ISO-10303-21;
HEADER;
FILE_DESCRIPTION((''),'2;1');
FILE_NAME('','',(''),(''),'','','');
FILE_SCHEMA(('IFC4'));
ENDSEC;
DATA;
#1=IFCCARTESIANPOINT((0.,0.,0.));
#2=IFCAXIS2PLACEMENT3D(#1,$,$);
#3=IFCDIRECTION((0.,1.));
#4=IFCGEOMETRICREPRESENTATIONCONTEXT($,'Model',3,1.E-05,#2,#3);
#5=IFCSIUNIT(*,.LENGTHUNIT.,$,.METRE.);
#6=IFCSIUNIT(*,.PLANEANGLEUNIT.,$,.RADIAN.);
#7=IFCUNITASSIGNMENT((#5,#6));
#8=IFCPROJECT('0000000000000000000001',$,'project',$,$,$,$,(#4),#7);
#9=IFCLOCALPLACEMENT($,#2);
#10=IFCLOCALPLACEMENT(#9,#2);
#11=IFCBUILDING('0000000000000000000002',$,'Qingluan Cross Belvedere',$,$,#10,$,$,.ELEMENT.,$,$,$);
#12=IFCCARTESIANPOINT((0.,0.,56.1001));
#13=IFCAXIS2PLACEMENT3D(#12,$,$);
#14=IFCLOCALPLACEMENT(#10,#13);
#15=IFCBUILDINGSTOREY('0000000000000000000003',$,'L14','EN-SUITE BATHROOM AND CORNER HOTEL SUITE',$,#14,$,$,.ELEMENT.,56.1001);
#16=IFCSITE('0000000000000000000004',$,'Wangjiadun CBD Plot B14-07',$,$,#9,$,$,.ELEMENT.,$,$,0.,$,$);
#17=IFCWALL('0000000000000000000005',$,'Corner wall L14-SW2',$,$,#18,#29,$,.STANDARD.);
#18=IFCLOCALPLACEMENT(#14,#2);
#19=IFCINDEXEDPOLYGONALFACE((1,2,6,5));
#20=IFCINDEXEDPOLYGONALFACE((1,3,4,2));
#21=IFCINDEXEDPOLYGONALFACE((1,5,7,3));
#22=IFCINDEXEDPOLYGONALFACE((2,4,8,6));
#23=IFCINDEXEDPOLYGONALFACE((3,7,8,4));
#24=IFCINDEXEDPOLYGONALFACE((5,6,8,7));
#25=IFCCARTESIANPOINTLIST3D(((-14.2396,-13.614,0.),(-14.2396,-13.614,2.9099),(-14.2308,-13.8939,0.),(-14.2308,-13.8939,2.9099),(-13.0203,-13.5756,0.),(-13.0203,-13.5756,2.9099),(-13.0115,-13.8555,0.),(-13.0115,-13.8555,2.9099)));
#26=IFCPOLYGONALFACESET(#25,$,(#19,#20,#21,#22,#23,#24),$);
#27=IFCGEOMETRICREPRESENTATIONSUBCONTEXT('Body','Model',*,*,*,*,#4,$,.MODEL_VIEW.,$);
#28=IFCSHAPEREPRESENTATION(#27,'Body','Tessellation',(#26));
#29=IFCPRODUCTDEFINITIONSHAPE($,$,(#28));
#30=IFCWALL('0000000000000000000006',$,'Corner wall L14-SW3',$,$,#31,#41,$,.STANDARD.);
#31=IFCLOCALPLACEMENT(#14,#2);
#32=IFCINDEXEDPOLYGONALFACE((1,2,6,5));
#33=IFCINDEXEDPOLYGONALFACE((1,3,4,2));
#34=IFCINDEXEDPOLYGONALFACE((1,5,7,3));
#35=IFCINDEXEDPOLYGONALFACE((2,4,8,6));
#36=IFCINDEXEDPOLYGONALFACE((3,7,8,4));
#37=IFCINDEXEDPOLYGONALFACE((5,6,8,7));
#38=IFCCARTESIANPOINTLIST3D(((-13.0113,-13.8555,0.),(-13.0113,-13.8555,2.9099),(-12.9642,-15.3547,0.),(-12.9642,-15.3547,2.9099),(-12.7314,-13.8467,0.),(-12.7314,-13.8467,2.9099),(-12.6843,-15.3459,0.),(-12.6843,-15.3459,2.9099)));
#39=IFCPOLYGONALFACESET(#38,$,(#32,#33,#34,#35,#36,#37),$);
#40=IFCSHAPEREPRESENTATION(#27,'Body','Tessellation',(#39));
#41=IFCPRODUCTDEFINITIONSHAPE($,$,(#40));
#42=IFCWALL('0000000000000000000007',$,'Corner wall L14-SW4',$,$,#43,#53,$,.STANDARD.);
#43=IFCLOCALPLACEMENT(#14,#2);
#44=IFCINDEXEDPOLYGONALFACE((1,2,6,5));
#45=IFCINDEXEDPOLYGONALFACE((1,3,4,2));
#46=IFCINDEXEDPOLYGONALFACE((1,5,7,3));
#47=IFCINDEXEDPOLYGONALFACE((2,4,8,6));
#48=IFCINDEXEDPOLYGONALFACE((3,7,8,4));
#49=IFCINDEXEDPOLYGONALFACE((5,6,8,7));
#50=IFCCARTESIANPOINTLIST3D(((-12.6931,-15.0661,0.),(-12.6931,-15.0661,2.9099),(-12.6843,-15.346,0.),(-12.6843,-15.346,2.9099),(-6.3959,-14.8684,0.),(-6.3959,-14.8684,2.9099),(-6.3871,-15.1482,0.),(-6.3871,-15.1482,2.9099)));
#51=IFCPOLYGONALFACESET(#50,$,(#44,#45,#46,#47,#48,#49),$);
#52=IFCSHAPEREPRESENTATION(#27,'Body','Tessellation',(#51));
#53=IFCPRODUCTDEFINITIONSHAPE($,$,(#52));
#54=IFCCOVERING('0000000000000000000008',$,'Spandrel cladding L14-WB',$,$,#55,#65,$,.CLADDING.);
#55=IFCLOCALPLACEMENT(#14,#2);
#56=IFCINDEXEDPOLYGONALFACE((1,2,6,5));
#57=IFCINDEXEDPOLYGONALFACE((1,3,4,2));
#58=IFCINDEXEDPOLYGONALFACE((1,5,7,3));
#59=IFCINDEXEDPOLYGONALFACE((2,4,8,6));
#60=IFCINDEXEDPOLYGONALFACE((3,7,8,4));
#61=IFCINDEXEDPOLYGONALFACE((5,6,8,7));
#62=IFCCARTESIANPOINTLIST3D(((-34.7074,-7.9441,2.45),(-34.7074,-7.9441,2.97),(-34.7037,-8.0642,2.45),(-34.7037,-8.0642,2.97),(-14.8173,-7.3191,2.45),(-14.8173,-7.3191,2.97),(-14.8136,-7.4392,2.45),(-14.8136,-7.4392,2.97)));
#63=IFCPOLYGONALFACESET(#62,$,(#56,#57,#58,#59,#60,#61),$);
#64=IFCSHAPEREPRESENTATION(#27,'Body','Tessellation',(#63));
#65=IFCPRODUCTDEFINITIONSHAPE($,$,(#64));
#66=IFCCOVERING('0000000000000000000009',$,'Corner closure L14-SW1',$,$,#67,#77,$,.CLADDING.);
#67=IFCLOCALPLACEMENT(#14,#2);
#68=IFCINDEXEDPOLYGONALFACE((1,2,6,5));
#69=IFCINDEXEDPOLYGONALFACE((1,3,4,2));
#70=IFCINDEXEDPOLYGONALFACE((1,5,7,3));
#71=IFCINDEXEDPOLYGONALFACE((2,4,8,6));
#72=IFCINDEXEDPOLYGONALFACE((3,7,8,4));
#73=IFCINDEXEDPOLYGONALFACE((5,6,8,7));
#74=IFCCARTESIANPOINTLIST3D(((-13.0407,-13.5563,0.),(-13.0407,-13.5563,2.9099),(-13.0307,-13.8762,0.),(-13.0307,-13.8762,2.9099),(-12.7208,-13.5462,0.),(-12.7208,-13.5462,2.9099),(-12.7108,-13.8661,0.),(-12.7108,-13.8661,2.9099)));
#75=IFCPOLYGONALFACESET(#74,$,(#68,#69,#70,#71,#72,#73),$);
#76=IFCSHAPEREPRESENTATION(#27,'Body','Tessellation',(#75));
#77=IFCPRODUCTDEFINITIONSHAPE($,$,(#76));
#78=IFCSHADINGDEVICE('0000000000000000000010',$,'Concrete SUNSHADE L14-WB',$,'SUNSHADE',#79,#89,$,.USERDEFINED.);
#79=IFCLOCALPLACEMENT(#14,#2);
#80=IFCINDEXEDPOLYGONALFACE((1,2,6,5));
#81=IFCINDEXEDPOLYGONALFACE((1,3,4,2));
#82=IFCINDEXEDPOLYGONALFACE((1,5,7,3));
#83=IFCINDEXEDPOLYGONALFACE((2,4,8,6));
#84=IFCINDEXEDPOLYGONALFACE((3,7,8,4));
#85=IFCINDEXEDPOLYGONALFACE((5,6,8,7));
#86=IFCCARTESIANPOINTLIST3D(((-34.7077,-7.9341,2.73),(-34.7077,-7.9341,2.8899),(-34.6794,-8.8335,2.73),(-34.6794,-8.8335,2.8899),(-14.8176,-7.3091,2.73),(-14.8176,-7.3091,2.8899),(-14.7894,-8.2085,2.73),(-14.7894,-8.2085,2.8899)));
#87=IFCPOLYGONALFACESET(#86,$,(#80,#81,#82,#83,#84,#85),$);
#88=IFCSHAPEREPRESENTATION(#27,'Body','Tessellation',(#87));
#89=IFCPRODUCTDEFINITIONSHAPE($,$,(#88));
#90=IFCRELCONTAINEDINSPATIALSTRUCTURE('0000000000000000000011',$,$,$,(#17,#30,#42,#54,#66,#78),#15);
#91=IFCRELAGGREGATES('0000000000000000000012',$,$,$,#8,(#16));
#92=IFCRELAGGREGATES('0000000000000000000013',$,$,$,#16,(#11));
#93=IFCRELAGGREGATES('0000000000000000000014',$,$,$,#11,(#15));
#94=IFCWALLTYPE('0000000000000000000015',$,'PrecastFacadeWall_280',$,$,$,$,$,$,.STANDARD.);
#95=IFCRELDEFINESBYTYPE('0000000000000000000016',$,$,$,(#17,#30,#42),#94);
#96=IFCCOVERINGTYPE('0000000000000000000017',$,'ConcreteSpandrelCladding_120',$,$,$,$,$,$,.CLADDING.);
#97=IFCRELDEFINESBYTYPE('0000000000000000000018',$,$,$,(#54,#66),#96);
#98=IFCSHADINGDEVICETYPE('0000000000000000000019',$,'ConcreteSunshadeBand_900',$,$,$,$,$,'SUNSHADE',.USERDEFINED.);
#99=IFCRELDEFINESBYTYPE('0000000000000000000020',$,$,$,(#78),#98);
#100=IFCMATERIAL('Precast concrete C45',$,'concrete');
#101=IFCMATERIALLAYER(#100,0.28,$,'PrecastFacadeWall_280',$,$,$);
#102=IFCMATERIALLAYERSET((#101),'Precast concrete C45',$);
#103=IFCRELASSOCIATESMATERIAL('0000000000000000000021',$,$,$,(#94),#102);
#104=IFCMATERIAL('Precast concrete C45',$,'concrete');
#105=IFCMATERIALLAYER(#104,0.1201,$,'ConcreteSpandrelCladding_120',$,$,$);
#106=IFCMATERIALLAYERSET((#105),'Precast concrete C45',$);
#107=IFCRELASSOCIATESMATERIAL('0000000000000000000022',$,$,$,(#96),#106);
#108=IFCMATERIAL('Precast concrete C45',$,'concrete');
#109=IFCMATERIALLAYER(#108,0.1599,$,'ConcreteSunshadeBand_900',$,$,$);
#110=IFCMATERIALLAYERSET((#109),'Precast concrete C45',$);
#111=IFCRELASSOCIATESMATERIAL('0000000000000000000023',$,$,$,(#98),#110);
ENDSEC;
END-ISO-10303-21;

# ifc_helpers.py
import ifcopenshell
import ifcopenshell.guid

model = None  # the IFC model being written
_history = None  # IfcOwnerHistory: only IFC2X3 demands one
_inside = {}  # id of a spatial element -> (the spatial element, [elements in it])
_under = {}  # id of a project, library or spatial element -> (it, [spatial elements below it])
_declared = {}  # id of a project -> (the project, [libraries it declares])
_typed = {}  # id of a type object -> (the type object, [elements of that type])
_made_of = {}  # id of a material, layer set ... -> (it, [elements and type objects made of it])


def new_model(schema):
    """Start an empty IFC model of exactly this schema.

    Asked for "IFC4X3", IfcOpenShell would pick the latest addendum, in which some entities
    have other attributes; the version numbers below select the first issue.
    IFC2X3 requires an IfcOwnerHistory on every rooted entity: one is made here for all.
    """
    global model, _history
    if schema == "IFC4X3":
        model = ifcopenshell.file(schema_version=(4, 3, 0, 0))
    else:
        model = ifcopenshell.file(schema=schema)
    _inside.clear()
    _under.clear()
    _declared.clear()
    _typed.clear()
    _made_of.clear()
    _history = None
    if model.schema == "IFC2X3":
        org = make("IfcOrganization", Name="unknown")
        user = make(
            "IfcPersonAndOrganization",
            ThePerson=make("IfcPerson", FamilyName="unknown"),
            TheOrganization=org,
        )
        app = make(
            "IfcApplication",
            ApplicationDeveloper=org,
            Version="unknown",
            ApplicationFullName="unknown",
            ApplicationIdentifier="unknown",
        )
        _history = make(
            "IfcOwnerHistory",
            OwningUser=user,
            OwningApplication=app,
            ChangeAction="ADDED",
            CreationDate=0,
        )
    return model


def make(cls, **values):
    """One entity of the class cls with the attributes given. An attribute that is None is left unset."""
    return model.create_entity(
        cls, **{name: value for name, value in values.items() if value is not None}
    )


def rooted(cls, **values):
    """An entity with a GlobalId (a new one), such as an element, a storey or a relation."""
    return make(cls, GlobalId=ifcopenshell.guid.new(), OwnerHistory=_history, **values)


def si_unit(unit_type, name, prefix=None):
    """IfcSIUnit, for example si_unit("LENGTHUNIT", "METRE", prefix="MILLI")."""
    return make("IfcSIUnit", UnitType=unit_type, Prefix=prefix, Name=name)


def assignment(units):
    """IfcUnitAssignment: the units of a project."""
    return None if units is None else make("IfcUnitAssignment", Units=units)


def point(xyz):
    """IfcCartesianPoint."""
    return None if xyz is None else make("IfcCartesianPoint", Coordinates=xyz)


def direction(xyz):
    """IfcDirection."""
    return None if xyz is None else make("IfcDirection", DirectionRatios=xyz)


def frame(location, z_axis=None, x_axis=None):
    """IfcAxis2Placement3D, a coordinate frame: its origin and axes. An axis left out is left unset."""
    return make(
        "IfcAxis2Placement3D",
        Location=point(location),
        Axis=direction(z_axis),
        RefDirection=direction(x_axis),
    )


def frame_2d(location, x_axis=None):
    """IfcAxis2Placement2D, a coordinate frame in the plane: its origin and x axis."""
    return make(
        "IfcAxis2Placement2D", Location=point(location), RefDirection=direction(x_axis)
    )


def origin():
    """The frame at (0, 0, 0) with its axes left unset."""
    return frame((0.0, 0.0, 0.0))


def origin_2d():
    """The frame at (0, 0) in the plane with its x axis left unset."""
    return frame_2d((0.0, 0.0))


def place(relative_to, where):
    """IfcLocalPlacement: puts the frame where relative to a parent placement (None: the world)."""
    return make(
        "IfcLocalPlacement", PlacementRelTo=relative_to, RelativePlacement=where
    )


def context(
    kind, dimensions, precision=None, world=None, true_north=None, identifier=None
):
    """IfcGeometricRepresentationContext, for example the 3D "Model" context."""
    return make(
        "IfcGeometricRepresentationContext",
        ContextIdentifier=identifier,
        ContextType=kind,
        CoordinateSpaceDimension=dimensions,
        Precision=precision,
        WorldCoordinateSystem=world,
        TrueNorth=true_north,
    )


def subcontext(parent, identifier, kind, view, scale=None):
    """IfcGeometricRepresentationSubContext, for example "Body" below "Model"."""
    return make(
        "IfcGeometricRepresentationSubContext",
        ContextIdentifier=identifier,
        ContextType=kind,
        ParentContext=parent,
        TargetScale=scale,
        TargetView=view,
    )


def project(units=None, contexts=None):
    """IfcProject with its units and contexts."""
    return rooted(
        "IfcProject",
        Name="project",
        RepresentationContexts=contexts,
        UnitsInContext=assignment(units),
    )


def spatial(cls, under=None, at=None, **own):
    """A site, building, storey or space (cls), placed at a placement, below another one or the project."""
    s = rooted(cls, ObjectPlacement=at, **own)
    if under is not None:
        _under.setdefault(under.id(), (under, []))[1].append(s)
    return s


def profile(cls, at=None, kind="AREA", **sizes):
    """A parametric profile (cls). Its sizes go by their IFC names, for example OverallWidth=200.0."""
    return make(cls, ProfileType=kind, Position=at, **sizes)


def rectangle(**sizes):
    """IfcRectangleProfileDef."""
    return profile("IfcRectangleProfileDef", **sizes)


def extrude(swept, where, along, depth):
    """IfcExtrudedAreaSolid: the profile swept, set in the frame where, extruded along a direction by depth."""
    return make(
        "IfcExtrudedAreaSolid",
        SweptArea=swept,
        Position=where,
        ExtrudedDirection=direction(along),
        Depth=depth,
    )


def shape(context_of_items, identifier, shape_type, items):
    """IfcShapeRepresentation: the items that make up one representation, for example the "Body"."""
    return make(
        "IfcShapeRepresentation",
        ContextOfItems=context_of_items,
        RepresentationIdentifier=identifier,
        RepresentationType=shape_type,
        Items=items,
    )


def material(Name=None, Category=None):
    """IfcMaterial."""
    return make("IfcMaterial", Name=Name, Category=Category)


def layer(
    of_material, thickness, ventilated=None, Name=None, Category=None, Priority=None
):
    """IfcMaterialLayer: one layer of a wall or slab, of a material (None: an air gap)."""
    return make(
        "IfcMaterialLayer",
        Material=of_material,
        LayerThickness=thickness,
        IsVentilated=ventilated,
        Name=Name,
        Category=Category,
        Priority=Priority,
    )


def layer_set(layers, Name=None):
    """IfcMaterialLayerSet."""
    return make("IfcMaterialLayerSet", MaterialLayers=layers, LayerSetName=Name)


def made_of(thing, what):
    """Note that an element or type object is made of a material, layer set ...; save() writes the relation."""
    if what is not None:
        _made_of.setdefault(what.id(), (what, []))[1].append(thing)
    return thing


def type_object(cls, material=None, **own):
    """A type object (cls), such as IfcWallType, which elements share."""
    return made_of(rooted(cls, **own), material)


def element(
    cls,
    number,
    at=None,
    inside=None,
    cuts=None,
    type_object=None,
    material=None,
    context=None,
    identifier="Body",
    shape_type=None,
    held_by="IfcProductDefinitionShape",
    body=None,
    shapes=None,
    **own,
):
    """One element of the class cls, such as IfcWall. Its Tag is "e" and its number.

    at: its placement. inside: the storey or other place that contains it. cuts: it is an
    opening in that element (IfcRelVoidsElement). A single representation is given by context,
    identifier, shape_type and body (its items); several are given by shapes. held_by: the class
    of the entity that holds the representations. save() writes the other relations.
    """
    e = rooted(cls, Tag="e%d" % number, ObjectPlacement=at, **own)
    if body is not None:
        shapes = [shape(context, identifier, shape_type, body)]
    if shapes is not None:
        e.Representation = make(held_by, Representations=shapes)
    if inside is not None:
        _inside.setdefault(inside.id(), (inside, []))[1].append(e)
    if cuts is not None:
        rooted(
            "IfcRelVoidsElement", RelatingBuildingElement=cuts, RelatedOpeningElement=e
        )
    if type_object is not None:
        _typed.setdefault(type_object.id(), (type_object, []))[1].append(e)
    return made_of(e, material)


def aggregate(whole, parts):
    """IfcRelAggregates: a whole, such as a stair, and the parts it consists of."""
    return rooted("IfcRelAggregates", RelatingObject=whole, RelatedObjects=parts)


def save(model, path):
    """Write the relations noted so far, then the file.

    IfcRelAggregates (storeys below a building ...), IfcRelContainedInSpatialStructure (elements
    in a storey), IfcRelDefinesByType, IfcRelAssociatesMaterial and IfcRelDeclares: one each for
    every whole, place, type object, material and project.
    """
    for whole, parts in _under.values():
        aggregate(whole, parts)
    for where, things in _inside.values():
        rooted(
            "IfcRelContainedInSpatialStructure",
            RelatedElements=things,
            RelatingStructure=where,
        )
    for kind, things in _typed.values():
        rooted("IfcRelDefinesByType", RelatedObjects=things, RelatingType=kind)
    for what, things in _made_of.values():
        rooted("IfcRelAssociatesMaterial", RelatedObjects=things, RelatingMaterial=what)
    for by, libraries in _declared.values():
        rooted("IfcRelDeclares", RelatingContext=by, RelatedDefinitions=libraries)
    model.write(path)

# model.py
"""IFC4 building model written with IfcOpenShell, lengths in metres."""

from ifc_helpers import new_model, si_unit, direction, frame, frame_2d, origin, origin_2d, place, context, subcontext, project, spatial, rectangle, extrude, material, layer, layer_set, type_object, element, save


model = new_model("IFC4")

# Units and contexts
model_context = context("Model", 3, precision=1e-05, world=origin(), true_north=direction((0.0, 1.0)))
body_context = subcontext(model_context, "Body", "Model", "MODEL_VIEW")
ifc_project = project(units=[si_unit("LENGTHUNIT", "METRE"), si_unit("PLANEANGLEUNIT", "RADIAN")], contexts=[model_context])

# Site, building, storey
site_placement = place(None, origin())
site = spatial("IfcSite", under=ifc_project, at=site_placement, Name="Wangjiadun CBD Plot B14-07", CompositionType="ELEMENT", RefElevation=0.0)
building_placement = place(site_placement, origin())
building = spatial("IfcBuilding", under=site, at=building_placement, Name="Qingluan Cross Belvedere", CompositionType="ELEMENT")
storey_placement = place(building_placement, frame((0.0, 0.0, 56.1001)))
storey = spatial("IfcBuildingStorey", under=building, at=storey_placement, Name="L14", Description="EN-SUITE BATHROOM AND CORNER HOTEL SUITE", CompositionType="ELEMENT", Elevation=56.1001)

# Shared definitions
ifc_material_1 = material(Name="Precast concrete C45", Category="concrete")
ifc_layer_1 = layer(ifc_material_1, 0.28, Name="PrecastFacadeWall_280")
ifc_layer_set_1 = layer_set([ifc_layer_1], Name="Precast concrete C45")
wall_type_1 = type_object("IfcWallType", Name="PrecastFacadeWall_280", PredefinedType="STANDARD", material=ifc_layer_set_1)

# Walls
wall_1_placement = place(storey_placement, frame((-14.2351, -13.7539, 0.0), z_axis=(0.0, 0.0, 1.0), x_axis=(0.999506, 0.031416, 0.0)))
element("IfcWall", 1, at=wall_1_placement, inside=storey, type_object=wall_type_1, Name="Corner wall L14-SW2", PredefinedType="STANDARD", context=body_context, shape_type="SweptSolid", body=[
    extrude(rectangle(XDim=1.22, YDim=0.28, at=frame_2d((0.6099, 0.0))), origin(), (0.0, 0.0, 1.0), 2.9099),
])
wall_2_placement = place(storey_placement, frame((-12.8713, -13.8511, 0.0), z_axis=(0.0, 0.0, 1.0), x_axis=(0.031413, -0.999507, 0.0)))
element("IfcWall", 2, at=wall_2_placement, inside=storey, type_object=wall_type_1, Name="Corner wall L14-SW3", PredefinedType="STANDARD", context=body_context, shape_type="SweptSolid", body=[
    extrude(rectangle(XDim=1.5, YDim=0.28, at=frame_2d((0.75, 0.0))), origin(), (0.0, 0.0, 1.0), 2.9099),
])
wall_3_placement = place(storey_placement, frame((-12.6887, -15.2061, 0.0), z_axis=(0.0, 0.0, 1.0), x_axis=(0.999507, 0.031388, 0.0)))
element("IfcWall", 3, at=wall_3_placement, inside=storey, type_object=wall_type_1, Name="Corner wall L14-SW4", PredefinedType="STANDARD", context=body_context, shape_type="SweptSolid", body=[
    extrude(rectangle(XDim=6.3003, YDim=0.28, at=frame_2d((3.1501, 0.0))), origin(), (0.0, 0.0, 1.0), 2.9099),
])

# Coverings
ifc_material_2 = material(Name="Precast concrete C45", Category="concrete")
ifc_layer_2 = layer(ifc_material_2, 0.1201, Name="ConcreteSpandrelCladding_120")
ifc_layer_set_2 = layer_set([ifc_layer_2], Name="Precast concrete C45")
covering_type_1 = type_object("IfcCoveringType", Name="ConcreteSpandrelCladding_120", PredefinedType="CLADDING", material=ifc_layer_set_2)
covering_1_placement = place(storey_placement, frame((-24.7605, -7.6917, 2.45), z_axis=(0.0, 0.0, 1.0), x_axis=(0.999507, 0.031408, 0.0)))
element("IfcCovering", 4, at=covering_1_placement, inside=storey, type_object=covering_type_1, Name="Spandrel cladding L14-WB", PredefinedType="CLADDING", context=body_context, shape_type="SweptSolid", body=[
    extrude(rectangle(XDim=19.8999, YDim=0.1201, at=origin_2d()), origin(), (0.0, 0.0, 1.0), 0.52),
])
covering_2_placement = place(storey_placement, frame((-12.8757, -13.7112, 0.0), z_axis=(0.0, 0.0, 1.0), x_axis=(0.999507, 0.031411, 0.0)))
element("IfcCovering", 5, at=covering_2_placement, inside=storey, type_object=covering_type_1, Name="Corner closure L14-SW1", PredefinedType="CLADDING", context=body_context, shape_type="SweptSolid", body=[
    extrude(rectangle(XDim=0.3201, YDim=0.3201, at=origin_2d()), origin(), (0.0, 0.0, 1.0), 2.9099),
])

# Shading device
ifc_material_3 = material(Name="Precast concrete C45", Category="concrete")
ifc_layer_3 = layer(ifc_material_3, 0.1599, Name="ConcreteSunshadeBand_900")
ifc_layer_set_3 = layer_set([ifc_layer_3], Name="Precast concrete C45")
shading_device_type = type_object("IfcShadingDeviceType", Name="ConcreteSunshadeBand_900", ElementType="SUNSHADE", PredefinedType="USERDEFINED", material=ifc_layer_set_3)
shading_device_placement = place(storey_placement, frame((-24.7485, -8.0713, 2.73), z_axis=(0.0, 0.0, 1.0), x_axis=(0.999507, 0.031408, 0.0)))
element("IfcShadingDevice", 6, at=shading_device_placement, inside=storey, type_object=shading_device_type, Name="Concrete SUNSHADE L14-WB", ObjectType="SUNSHADE", PredefinedType="USERDEFINED", context=body_context, shape_type="SweptSolid", body=[
    extrude(rectangle(XDim=19.8999, YDim=0.8999, at=origin_2d()), origin(), (0.0, 0.0, 1.0), 0.1599),
])

save(model, "model.ifc")
